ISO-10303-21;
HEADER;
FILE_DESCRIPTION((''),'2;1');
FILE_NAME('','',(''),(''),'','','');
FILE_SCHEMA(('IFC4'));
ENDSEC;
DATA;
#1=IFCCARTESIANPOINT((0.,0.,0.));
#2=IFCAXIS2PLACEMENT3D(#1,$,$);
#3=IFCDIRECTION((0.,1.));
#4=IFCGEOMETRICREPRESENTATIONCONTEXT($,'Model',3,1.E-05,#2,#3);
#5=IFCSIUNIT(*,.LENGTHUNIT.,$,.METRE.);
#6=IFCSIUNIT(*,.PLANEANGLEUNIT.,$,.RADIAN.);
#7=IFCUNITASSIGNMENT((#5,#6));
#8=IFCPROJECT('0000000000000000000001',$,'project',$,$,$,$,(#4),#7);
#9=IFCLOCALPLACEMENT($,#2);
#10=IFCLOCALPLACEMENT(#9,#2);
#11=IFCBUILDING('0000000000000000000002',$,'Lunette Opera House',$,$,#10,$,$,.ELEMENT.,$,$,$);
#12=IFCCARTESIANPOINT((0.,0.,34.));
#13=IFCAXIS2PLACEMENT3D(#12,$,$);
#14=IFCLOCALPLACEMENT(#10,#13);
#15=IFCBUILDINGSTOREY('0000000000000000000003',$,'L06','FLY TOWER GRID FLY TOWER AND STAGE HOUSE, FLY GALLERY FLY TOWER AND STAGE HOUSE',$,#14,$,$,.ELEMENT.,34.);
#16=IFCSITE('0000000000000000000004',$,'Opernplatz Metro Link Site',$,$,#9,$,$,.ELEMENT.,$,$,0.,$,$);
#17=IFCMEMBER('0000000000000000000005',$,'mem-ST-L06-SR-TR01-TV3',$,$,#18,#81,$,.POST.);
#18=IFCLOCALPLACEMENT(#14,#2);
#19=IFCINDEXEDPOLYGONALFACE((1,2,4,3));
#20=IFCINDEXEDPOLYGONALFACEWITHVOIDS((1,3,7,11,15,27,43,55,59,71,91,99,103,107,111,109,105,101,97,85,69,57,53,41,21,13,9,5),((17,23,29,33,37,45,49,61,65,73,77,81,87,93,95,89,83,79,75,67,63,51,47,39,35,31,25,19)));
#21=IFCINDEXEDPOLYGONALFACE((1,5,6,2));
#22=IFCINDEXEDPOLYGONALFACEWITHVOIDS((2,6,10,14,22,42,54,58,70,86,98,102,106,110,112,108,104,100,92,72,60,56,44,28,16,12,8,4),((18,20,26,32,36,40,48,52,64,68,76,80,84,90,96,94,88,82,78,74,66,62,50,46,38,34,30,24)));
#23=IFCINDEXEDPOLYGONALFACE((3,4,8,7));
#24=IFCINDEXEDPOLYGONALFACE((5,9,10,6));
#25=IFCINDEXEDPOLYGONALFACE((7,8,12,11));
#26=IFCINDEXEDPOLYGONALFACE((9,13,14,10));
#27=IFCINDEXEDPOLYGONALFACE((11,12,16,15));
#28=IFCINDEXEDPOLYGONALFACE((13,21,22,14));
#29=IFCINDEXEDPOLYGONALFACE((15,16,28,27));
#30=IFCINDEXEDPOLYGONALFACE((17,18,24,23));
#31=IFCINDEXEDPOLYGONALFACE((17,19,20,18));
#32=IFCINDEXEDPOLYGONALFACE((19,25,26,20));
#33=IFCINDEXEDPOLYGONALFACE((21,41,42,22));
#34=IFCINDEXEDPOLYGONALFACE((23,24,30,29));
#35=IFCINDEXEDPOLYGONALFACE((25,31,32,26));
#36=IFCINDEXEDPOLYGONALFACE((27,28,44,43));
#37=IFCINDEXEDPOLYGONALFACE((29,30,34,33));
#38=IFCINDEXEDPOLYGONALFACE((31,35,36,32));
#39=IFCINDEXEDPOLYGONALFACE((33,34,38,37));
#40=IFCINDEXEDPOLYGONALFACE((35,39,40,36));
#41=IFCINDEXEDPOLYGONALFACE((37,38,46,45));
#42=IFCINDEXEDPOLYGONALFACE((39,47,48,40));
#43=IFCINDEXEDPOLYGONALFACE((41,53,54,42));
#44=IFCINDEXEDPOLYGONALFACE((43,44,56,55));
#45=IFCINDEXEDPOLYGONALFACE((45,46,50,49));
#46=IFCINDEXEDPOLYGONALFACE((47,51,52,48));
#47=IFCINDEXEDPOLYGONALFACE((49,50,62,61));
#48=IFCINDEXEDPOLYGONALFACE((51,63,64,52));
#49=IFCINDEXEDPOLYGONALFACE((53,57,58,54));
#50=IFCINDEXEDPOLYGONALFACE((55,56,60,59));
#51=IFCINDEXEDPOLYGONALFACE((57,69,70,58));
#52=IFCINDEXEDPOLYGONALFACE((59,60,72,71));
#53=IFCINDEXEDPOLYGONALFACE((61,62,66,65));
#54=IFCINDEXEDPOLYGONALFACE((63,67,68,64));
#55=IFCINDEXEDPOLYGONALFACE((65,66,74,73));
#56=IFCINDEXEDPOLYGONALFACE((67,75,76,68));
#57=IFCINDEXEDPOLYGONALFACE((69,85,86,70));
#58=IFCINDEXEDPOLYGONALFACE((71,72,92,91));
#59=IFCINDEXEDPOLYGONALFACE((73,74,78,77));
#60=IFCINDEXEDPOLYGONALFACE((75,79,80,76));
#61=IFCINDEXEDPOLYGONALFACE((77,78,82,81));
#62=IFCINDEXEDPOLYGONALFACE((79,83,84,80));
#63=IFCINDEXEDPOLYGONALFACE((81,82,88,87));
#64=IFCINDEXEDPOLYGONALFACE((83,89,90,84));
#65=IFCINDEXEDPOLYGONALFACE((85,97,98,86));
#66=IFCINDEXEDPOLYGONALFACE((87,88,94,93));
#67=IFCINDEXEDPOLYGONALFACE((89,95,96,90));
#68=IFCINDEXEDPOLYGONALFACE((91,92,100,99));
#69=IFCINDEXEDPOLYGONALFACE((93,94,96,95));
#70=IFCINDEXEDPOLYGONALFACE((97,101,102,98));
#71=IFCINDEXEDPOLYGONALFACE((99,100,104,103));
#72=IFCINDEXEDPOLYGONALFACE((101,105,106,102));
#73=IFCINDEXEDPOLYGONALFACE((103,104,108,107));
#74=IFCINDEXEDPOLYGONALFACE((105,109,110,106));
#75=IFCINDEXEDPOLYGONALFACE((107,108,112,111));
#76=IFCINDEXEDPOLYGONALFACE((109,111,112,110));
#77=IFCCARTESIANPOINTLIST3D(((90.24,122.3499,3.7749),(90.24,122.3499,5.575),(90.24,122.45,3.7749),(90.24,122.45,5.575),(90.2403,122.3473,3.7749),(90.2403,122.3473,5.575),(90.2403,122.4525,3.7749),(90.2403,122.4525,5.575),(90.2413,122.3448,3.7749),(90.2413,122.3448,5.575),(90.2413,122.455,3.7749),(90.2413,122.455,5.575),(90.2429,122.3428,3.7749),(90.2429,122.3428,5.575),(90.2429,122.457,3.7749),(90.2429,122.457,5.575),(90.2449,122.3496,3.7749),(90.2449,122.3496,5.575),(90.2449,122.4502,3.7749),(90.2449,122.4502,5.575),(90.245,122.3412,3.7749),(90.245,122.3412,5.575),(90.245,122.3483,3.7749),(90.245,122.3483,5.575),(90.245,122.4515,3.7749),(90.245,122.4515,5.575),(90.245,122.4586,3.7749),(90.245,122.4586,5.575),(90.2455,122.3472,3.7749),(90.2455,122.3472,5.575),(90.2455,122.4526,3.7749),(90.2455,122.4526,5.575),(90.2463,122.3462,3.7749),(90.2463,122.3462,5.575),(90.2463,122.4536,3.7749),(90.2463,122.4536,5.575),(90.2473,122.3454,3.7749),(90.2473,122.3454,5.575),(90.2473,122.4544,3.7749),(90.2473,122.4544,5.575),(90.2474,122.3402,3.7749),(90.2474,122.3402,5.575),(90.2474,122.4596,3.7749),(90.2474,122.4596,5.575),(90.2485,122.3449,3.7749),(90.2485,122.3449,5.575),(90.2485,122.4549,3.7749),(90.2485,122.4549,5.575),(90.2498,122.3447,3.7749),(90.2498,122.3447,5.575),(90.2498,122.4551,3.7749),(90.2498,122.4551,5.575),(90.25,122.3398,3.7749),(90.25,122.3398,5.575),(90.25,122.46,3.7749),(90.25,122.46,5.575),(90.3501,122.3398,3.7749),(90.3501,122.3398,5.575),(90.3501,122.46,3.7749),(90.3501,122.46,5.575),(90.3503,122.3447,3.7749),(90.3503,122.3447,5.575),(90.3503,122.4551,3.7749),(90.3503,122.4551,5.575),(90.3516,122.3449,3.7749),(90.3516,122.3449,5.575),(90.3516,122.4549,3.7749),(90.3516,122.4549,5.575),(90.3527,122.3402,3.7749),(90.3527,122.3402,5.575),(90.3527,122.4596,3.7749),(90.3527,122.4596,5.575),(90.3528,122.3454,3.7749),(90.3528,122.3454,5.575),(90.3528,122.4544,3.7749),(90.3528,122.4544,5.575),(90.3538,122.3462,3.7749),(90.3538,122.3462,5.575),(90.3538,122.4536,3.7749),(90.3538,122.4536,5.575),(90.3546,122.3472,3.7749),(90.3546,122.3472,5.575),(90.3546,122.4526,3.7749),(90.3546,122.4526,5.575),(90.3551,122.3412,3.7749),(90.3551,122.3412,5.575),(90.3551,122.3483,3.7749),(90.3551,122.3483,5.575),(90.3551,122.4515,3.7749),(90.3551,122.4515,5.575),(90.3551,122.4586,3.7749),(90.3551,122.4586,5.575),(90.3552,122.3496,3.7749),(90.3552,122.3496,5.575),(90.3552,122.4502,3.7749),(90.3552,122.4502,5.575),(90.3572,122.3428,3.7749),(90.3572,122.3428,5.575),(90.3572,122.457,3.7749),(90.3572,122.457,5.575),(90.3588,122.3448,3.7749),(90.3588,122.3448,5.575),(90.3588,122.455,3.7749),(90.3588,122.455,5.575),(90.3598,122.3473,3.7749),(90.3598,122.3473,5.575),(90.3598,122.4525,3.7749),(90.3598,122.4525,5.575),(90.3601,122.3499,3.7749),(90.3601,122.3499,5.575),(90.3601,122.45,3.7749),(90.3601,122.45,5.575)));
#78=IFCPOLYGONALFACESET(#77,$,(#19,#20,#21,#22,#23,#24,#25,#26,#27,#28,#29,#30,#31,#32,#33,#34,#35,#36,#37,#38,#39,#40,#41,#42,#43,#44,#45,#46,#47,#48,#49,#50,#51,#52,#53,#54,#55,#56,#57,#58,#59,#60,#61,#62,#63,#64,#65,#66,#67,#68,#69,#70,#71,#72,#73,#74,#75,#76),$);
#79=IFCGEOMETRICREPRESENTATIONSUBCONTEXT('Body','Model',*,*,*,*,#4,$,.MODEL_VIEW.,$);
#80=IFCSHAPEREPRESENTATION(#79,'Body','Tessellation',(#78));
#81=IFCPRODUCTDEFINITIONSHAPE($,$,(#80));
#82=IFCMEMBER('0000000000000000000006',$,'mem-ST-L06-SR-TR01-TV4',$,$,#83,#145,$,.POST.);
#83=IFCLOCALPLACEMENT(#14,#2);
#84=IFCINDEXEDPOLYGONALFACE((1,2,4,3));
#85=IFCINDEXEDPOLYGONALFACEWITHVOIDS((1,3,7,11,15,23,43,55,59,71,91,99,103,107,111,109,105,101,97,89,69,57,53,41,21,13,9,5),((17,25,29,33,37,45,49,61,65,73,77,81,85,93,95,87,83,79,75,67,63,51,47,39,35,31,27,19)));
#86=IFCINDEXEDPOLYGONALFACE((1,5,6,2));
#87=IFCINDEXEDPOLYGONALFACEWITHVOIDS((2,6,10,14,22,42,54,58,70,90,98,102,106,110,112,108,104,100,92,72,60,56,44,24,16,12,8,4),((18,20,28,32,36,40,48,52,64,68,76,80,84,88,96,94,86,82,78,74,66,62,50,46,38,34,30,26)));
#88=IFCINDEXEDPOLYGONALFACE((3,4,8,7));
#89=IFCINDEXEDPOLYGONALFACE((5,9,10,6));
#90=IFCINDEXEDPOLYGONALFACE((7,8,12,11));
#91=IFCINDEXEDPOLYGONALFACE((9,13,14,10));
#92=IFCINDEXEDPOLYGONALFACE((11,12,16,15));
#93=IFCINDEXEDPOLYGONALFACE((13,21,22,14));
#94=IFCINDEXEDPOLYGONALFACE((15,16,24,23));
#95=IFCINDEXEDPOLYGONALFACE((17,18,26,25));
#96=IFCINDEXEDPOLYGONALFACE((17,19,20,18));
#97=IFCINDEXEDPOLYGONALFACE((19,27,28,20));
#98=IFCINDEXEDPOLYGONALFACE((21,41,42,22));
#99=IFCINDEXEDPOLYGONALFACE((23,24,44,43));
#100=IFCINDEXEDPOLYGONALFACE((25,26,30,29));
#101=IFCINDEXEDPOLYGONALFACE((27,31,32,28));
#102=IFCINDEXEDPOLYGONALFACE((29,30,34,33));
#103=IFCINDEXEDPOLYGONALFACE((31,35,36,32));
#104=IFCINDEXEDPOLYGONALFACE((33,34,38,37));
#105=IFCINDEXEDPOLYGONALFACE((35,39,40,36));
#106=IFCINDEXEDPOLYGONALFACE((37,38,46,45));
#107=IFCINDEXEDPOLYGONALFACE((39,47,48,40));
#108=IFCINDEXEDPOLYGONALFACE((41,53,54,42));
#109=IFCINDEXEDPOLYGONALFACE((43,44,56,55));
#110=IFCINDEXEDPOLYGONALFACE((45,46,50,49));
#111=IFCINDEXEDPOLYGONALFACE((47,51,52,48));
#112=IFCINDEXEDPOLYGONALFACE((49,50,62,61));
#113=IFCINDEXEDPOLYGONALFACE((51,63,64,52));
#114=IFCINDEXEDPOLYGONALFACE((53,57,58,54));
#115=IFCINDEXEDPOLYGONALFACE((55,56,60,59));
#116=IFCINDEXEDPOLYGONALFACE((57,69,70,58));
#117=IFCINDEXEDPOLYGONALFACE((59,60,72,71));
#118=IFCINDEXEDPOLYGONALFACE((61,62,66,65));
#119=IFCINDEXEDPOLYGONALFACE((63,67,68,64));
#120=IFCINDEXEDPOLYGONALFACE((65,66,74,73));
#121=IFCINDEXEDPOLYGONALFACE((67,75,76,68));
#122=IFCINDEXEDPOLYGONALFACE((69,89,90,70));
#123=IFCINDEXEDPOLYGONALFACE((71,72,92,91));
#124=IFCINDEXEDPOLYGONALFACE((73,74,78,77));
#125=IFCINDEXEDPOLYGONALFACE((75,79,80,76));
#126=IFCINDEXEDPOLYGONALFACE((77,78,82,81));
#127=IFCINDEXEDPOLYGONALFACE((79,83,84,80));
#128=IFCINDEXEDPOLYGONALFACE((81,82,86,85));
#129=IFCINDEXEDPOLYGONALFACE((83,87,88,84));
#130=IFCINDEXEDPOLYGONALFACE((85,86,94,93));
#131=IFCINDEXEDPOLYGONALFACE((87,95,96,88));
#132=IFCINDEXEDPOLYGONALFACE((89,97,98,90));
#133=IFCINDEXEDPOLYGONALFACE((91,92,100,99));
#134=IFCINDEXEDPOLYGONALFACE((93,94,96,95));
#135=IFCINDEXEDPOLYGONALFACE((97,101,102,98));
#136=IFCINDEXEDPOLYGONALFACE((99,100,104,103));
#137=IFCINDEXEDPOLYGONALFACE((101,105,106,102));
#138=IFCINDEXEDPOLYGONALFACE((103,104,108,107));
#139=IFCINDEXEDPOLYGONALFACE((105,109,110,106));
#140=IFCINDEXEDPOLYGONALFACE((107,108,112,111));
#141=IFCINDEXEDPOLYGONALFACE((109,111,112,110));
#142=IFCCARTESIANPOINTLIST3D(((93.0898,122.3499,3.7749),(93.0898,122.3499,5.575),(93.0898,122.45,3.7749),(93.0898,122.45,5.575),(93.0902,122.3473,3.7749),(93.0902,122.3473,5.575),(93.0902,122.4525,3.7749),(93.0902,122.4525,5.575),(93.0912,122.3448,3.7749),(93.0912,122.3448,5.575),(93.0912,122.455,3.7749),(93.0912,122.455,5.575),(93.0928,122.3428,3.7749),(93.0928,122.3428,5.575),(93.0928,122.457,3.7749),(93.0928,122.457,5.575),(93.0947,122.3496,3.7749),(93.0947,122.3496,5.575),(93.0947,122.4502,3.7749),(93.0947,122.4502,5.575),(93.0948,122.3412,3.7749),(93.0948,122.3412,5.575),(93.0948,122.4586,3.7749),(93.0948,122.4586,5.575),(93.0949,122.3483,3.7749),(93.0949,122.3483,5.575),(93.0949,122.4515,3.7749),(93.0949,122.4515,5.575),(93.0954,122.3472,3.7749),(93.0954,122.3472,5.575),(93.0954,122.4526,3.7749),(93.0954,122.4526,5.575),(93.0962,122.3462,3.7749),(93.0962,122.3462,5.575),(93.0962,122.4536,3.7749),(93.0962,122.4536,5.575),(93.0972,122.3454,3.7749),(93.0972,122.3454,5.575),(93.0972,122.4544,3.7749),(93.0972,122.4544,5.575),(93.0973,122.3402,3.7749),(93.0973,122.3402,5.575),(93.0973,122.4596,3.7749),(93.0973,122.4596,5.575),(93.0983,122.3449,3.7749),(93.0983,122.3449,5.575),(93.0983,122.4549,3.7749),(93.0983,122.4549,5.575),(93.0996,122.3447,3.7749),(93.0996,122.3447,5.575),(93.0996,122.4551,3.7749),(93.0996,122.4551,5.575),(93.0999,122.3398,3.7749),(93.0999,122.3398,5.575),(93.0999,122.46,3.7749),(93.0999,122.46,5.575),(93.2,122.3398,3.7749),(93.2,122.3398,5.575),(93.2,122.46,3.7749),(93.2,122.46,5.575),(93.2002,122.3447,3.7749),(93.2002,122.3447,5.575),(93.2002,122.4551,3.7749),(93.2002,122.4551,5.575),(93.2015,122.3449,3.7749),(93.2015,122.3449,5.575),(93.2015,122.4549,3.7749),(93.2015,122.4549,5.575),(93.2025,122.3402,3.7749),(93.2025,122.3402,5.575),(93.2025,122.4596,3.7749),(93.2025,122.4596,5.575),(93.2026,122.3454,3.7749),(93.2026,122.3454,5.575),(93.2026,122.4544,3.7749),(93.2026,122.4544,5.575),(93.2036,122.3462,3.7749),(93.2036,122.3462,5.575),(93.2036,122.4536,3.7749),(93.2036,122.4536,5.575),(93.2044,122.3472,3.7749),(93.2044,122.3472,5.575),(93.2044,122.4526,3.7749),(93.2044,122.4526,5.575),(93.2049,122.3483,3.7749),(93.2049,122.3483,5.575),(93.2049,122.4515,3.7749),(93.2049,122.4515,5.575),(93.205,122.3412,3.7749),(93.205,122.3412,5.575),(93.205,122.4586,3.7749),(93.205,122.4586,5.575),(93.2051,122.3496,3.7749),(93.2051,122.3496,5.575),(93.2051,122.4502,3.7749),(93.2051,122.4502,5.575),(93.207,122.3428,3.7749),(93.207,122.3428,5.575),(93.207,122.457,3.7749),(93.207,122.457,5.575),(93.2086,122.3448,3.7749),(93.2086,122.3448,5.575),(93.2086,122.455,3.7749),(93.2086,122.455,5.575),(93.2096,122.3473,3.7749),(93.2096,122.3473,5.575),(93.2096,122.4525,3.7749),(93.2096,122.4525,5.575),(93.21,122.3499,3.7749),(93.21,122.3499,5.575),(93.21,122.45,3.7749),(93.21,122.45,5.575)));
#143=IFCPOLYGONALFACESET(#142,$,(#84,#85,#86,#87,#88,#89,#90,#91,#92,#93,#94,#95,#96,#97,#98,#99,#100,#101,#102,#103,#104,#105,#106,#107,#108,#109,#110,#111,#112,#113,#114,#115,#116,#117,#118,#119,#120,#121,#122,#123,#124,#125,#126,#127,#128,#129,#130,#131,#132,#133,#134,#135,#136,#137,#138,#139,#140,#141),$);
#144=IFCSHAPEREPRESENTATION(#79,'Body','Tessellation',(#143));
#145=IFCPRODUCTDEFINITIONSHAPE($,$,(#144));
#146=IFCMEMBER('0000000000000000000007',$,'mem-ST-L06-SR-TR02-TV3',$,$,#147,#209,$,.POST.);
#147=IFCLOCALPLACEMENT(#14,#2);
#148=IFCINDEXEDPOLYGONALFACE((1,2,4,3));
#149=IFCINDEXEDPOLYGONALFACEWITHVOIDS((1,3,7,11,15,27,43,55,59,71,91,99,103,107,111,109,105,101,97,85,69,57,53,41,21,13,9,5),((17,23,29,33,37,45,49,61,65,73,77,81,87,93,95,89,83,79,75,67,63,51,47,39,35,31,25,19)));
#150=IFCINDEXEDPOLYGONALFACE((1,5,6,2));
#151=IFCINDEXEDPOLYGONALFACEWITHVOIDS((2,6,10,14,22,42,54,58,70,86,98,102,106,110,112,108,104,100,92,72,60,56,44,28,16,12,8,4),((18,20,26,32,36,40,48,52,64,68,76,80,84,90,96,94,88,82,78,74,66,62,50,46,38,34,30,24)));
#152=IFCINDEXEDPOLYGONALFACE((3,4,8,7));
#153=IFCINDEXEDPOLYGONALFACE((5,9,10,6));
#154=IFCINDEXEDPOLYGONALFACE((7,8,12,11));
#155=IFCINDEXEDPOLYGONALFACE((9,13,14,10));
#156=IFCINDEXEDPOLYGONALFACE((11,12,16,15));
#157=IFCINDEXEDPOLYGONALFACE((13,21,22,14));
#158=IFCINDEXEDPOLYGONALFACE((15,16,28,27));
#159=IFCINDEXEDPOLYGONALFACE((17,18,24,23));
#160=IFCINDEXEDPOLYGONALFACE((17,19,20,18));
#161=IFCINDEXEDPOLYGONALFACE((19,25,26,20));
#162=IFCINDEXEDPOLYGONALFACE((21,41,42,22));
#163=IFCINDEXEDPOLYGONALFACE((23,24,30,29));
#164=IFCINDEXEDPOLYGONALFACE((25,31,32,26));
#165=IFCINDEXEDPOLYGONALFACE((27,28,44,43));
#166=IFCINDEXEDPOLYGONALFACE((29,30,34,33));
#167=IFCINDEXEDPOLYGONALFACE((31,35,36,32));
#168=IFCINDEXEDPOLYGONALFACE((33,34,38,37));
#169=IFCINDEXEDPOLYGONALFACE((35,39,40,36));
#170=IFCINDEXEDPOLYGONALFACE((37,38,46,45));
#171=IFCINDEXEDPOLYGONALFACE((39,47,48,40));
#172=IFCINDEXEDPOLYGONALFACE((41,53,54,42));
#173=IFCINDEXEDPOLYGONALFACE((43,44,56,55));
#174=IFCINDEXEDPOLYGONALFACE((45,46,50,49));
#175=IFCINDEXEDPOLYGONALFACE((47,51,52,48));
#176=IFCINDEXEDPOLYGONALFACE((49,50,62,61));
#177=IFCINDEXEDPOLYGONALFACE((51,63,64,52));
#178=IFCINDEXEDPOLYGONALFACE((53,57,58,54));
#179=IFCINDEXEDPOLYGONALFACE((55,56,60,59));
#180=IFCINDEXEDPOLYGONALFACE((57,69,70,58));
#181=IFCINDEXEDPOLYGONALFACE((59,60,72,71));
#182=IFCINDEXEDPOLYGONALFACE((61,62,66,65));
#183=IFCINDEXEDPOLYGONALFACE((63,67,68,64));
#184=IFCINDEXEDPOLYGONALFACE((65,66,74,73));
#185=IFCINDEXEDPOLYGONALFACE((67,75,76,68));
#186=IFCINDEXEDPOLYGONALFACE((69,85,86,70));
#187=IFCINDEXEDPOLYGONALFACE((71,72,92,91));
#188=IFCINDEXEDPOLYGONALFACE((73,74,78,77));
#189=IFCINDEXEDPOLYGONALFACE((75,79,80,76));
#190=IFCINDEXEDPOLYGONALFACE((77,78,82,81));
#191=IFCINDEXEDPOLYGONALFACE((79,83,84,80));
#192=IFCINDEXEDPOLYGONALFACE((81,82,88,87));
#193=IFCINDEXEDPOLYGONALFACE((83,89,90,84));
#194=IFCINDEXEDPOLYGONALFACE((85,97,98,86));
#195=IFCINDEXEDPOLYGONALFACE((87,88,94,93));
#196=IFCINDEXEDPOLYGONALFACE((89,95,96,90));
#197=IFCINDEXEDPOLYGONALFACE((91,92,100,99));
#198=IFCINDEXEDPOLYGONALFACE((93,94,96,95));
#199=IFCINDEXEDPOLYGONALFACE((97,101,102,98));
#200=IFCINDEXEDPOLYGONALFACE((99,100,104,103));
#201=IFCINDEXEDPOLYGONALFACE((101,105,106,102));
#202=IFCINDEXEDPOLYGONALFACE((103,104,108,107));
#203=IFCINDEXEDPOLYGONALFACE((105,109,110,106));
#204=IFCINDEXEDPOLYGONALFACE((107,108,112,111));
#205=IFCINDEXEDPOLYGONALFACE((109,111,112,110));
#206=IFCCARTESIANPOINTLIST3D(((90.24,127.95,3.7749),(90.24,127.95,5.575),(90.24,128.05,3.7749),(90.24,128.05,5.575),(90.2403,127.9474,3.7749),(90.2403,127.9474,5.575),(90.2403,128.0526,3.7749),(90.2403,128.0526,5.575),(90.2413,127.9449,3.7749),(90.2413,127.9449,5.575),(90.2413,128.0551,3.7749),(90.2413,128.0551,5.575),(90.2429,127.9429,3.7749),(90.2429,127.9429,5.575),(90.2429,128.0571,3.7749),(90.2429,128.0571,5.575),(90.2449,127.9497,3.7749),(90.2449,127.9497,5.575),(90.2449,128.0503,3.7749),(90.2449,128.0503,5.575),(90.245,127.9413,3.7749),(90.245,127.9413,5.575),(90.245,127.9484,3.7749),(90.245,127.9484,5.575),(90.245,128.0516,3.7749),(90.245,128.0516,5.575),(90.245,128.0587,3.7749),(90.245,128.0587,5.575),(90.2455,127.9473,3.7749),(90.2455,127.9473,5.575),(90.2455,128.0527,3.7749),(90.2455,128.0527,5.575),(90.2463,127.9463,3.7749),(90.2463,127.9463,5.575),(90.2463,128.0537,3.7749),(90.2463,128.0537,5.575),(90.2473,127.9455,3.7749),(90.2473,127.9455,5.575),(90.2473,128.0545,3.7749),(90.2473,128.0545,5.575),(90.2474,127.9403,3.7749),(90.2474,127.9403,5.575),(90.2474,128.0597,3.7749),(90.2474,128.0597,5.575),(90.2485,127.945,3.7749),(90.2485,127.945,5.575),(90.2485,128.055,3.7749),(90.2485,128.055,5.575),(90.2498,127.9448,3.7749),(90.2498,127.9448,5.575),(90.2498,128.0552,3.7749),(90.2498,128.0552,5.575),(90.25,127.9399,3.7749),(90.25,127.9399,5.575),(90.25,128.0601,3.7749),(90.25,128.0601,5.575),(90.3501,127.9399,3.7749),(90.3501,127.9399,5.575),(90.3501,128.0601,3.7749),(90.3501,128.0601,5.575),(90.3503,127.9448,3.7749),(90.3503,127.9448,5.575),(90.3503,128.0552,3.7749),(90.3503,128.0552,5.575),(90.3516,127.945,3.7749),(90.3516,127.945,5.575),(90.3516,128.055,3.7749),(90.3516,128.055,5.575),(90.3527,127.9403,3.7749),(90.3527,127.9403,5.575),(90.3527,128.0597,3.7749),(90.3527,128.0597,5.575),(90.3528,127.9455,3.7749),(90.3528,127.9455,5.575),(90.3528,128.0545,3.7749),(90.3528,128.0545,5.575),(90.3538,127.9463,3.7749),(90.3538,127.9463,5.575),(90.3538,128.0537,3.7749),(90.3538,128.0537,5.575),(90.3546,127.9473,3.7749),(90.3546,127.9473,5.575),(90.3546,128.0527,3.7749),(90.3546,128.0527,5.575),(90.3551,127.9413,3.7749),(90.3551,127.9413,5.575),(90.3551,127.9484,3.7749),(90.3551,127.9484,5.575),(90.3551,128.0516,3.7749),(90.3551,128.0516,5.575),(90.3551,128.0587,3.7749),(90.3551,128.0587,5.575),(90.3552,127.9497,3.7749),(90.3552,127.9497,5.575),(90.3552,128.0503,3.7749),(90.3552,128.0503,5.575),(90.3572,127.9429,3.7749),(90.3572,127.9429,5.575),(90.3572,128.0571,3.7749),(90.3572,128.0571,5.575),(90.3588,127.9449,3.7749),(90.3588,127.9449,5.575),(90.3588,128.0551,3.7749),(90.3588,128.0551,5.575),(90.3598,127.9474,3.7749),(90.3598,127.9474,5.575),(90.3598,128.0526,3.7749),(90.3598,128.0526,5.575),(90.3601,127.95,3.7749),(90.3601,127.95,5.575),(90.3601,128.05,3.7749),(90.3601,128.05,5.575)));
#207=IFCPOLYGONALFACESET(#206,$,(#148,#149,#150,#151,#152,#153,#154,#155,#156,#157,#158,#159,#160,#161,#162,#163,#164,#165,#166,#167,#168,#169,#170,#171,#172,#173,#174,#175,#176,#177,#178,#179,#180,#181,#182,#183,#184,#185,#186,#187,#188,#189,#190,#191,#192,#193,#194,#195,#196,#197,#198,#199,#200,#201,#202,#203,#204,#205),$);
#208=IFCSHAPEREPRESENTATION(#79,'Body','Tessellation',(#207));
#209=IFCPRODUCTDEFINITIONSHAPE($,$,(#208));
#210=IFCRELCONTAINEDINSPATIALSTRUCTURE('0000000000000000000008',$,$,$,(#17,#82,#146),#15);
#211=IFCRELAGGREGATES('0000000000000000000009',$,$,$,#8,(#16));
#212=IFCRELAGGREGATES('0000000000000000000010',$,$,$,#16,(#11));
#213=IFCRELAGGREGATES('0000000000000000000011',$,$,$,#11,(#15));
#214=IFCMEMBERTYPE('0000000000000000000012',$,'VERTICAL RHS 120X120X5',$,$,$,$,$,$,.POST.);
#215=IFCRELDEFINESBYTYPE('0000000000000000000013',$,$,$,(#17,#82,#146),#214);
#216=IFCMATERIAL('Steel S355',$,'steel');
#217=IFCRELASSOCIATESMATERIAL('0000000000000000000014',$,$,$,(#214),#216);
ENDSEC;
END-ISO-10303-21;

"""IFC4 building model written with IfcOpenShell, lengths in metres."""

from ifc_helpers import new_model, si_unit, direction, frame, origin, origin_2d, place, context, subcontext, project, spatial, hollow_rectangle, extrude, material, material_profile, profile_set, type_object, element, save


model = new_model("IFC4")

# Units and contexts
model_context = context("Model", 3, precision=1e-05, world=origin(), true_north=direction((0.0, 1.0)))
body_context = subcontext(model_context, "Body", "Model", "MODEL_VIEW")
ifc_project = project(units=[si_unit("LENGTHUNIT", "METRE"), si_unit("PLANEANGLEUNIT", "RADIAN")], contexts=[model_context])

# Site, building, storey
site_placement = place(None, origin())
site = spatial("IfcSite", under=ifc_project, at=site_placement, Name="Opernplatz Metro Link Site", CompositionType="ELEMENT", RefElevation=0.0)
building_placement = place(site_placement, origin())
building = spatial("IfcBuilding", under=site, at=building_placement, Name="Lunette Opera House", CompositionType="ELEMENT")
storey_placement = place(building_placement, frame((0.0, 0.0, 34.0)))
storey = spatial("IfcBuildingStorey", under=building, at=storey_placement, Name="L06", Description="FLY TOWER GRID FLY TOWER AND STAGE HOUSE, FLY GALLERY FLY TOWER AND STAGE HOUSE", CompositionType="ELEMENT", Elevation=34.0)

# Members
ifc_material_1 = material(Name="Steel S355", Category="steel")
ifc_material_profile_1 = material_profile(ifc_material_1, hollow_rectangle(XDim=0.1201, YDim=0.1201, WallThickness=0.0049, InnerFilletRadius=0.0049, OuterFilletRadius=0.01, at=origin_2d()), Name="RHS 120X120X5")
ifc_profile_set_1 = profile_set([ifc_material_profile_1], Name="Steel S355")
member_type_1 = type_object("IfcMemberType", Name="VERTICAL RHS 120X120X5", PredefinedType="POST", material=ifc_profile_set_1)
for number, where, z_axis, x_axis, name in (
    (1, (90.3, 122.3999, 3.7749), (0.0, 0.0, 1.0), (1.0, 0.0, 0.0), "mem-ST-L06-SR-TR01-TV3"),
    (2, (93.1499, 122.3999, 3.7749), (0.0, 0.0, 1.0), (1.0, 0.0, 0.0), "mem-ST-L06-SR-TR01-TV4"),
    (3, (90.3, 128.0, 3.7749), (0.0, 0.0, 1.0), (1.0, 0.0, 0.0), "mem-ST-L06-SR-TR02-TV3"),
):
    element("IfcMember", number, at=place(storey_placement, frame(where, z_axis=z_axis, x_axis=x_axis)), inside=storey, type_object=member_type_1, Name=name, PredefinedType="POST", context=body_context, shape_type="SweptSolid", body=[
        extrude(hollow_rectangle(XDim=0.1201, YDim=0.1201, WallThickness=0.0049, InnerFilletRadius=0.0049, OuterFilletRadius=0.01, at=origin_2d()), origin(), (0.0, 0.0, 1.0), 1.8),
    ])

save(model, "model.ifc")
